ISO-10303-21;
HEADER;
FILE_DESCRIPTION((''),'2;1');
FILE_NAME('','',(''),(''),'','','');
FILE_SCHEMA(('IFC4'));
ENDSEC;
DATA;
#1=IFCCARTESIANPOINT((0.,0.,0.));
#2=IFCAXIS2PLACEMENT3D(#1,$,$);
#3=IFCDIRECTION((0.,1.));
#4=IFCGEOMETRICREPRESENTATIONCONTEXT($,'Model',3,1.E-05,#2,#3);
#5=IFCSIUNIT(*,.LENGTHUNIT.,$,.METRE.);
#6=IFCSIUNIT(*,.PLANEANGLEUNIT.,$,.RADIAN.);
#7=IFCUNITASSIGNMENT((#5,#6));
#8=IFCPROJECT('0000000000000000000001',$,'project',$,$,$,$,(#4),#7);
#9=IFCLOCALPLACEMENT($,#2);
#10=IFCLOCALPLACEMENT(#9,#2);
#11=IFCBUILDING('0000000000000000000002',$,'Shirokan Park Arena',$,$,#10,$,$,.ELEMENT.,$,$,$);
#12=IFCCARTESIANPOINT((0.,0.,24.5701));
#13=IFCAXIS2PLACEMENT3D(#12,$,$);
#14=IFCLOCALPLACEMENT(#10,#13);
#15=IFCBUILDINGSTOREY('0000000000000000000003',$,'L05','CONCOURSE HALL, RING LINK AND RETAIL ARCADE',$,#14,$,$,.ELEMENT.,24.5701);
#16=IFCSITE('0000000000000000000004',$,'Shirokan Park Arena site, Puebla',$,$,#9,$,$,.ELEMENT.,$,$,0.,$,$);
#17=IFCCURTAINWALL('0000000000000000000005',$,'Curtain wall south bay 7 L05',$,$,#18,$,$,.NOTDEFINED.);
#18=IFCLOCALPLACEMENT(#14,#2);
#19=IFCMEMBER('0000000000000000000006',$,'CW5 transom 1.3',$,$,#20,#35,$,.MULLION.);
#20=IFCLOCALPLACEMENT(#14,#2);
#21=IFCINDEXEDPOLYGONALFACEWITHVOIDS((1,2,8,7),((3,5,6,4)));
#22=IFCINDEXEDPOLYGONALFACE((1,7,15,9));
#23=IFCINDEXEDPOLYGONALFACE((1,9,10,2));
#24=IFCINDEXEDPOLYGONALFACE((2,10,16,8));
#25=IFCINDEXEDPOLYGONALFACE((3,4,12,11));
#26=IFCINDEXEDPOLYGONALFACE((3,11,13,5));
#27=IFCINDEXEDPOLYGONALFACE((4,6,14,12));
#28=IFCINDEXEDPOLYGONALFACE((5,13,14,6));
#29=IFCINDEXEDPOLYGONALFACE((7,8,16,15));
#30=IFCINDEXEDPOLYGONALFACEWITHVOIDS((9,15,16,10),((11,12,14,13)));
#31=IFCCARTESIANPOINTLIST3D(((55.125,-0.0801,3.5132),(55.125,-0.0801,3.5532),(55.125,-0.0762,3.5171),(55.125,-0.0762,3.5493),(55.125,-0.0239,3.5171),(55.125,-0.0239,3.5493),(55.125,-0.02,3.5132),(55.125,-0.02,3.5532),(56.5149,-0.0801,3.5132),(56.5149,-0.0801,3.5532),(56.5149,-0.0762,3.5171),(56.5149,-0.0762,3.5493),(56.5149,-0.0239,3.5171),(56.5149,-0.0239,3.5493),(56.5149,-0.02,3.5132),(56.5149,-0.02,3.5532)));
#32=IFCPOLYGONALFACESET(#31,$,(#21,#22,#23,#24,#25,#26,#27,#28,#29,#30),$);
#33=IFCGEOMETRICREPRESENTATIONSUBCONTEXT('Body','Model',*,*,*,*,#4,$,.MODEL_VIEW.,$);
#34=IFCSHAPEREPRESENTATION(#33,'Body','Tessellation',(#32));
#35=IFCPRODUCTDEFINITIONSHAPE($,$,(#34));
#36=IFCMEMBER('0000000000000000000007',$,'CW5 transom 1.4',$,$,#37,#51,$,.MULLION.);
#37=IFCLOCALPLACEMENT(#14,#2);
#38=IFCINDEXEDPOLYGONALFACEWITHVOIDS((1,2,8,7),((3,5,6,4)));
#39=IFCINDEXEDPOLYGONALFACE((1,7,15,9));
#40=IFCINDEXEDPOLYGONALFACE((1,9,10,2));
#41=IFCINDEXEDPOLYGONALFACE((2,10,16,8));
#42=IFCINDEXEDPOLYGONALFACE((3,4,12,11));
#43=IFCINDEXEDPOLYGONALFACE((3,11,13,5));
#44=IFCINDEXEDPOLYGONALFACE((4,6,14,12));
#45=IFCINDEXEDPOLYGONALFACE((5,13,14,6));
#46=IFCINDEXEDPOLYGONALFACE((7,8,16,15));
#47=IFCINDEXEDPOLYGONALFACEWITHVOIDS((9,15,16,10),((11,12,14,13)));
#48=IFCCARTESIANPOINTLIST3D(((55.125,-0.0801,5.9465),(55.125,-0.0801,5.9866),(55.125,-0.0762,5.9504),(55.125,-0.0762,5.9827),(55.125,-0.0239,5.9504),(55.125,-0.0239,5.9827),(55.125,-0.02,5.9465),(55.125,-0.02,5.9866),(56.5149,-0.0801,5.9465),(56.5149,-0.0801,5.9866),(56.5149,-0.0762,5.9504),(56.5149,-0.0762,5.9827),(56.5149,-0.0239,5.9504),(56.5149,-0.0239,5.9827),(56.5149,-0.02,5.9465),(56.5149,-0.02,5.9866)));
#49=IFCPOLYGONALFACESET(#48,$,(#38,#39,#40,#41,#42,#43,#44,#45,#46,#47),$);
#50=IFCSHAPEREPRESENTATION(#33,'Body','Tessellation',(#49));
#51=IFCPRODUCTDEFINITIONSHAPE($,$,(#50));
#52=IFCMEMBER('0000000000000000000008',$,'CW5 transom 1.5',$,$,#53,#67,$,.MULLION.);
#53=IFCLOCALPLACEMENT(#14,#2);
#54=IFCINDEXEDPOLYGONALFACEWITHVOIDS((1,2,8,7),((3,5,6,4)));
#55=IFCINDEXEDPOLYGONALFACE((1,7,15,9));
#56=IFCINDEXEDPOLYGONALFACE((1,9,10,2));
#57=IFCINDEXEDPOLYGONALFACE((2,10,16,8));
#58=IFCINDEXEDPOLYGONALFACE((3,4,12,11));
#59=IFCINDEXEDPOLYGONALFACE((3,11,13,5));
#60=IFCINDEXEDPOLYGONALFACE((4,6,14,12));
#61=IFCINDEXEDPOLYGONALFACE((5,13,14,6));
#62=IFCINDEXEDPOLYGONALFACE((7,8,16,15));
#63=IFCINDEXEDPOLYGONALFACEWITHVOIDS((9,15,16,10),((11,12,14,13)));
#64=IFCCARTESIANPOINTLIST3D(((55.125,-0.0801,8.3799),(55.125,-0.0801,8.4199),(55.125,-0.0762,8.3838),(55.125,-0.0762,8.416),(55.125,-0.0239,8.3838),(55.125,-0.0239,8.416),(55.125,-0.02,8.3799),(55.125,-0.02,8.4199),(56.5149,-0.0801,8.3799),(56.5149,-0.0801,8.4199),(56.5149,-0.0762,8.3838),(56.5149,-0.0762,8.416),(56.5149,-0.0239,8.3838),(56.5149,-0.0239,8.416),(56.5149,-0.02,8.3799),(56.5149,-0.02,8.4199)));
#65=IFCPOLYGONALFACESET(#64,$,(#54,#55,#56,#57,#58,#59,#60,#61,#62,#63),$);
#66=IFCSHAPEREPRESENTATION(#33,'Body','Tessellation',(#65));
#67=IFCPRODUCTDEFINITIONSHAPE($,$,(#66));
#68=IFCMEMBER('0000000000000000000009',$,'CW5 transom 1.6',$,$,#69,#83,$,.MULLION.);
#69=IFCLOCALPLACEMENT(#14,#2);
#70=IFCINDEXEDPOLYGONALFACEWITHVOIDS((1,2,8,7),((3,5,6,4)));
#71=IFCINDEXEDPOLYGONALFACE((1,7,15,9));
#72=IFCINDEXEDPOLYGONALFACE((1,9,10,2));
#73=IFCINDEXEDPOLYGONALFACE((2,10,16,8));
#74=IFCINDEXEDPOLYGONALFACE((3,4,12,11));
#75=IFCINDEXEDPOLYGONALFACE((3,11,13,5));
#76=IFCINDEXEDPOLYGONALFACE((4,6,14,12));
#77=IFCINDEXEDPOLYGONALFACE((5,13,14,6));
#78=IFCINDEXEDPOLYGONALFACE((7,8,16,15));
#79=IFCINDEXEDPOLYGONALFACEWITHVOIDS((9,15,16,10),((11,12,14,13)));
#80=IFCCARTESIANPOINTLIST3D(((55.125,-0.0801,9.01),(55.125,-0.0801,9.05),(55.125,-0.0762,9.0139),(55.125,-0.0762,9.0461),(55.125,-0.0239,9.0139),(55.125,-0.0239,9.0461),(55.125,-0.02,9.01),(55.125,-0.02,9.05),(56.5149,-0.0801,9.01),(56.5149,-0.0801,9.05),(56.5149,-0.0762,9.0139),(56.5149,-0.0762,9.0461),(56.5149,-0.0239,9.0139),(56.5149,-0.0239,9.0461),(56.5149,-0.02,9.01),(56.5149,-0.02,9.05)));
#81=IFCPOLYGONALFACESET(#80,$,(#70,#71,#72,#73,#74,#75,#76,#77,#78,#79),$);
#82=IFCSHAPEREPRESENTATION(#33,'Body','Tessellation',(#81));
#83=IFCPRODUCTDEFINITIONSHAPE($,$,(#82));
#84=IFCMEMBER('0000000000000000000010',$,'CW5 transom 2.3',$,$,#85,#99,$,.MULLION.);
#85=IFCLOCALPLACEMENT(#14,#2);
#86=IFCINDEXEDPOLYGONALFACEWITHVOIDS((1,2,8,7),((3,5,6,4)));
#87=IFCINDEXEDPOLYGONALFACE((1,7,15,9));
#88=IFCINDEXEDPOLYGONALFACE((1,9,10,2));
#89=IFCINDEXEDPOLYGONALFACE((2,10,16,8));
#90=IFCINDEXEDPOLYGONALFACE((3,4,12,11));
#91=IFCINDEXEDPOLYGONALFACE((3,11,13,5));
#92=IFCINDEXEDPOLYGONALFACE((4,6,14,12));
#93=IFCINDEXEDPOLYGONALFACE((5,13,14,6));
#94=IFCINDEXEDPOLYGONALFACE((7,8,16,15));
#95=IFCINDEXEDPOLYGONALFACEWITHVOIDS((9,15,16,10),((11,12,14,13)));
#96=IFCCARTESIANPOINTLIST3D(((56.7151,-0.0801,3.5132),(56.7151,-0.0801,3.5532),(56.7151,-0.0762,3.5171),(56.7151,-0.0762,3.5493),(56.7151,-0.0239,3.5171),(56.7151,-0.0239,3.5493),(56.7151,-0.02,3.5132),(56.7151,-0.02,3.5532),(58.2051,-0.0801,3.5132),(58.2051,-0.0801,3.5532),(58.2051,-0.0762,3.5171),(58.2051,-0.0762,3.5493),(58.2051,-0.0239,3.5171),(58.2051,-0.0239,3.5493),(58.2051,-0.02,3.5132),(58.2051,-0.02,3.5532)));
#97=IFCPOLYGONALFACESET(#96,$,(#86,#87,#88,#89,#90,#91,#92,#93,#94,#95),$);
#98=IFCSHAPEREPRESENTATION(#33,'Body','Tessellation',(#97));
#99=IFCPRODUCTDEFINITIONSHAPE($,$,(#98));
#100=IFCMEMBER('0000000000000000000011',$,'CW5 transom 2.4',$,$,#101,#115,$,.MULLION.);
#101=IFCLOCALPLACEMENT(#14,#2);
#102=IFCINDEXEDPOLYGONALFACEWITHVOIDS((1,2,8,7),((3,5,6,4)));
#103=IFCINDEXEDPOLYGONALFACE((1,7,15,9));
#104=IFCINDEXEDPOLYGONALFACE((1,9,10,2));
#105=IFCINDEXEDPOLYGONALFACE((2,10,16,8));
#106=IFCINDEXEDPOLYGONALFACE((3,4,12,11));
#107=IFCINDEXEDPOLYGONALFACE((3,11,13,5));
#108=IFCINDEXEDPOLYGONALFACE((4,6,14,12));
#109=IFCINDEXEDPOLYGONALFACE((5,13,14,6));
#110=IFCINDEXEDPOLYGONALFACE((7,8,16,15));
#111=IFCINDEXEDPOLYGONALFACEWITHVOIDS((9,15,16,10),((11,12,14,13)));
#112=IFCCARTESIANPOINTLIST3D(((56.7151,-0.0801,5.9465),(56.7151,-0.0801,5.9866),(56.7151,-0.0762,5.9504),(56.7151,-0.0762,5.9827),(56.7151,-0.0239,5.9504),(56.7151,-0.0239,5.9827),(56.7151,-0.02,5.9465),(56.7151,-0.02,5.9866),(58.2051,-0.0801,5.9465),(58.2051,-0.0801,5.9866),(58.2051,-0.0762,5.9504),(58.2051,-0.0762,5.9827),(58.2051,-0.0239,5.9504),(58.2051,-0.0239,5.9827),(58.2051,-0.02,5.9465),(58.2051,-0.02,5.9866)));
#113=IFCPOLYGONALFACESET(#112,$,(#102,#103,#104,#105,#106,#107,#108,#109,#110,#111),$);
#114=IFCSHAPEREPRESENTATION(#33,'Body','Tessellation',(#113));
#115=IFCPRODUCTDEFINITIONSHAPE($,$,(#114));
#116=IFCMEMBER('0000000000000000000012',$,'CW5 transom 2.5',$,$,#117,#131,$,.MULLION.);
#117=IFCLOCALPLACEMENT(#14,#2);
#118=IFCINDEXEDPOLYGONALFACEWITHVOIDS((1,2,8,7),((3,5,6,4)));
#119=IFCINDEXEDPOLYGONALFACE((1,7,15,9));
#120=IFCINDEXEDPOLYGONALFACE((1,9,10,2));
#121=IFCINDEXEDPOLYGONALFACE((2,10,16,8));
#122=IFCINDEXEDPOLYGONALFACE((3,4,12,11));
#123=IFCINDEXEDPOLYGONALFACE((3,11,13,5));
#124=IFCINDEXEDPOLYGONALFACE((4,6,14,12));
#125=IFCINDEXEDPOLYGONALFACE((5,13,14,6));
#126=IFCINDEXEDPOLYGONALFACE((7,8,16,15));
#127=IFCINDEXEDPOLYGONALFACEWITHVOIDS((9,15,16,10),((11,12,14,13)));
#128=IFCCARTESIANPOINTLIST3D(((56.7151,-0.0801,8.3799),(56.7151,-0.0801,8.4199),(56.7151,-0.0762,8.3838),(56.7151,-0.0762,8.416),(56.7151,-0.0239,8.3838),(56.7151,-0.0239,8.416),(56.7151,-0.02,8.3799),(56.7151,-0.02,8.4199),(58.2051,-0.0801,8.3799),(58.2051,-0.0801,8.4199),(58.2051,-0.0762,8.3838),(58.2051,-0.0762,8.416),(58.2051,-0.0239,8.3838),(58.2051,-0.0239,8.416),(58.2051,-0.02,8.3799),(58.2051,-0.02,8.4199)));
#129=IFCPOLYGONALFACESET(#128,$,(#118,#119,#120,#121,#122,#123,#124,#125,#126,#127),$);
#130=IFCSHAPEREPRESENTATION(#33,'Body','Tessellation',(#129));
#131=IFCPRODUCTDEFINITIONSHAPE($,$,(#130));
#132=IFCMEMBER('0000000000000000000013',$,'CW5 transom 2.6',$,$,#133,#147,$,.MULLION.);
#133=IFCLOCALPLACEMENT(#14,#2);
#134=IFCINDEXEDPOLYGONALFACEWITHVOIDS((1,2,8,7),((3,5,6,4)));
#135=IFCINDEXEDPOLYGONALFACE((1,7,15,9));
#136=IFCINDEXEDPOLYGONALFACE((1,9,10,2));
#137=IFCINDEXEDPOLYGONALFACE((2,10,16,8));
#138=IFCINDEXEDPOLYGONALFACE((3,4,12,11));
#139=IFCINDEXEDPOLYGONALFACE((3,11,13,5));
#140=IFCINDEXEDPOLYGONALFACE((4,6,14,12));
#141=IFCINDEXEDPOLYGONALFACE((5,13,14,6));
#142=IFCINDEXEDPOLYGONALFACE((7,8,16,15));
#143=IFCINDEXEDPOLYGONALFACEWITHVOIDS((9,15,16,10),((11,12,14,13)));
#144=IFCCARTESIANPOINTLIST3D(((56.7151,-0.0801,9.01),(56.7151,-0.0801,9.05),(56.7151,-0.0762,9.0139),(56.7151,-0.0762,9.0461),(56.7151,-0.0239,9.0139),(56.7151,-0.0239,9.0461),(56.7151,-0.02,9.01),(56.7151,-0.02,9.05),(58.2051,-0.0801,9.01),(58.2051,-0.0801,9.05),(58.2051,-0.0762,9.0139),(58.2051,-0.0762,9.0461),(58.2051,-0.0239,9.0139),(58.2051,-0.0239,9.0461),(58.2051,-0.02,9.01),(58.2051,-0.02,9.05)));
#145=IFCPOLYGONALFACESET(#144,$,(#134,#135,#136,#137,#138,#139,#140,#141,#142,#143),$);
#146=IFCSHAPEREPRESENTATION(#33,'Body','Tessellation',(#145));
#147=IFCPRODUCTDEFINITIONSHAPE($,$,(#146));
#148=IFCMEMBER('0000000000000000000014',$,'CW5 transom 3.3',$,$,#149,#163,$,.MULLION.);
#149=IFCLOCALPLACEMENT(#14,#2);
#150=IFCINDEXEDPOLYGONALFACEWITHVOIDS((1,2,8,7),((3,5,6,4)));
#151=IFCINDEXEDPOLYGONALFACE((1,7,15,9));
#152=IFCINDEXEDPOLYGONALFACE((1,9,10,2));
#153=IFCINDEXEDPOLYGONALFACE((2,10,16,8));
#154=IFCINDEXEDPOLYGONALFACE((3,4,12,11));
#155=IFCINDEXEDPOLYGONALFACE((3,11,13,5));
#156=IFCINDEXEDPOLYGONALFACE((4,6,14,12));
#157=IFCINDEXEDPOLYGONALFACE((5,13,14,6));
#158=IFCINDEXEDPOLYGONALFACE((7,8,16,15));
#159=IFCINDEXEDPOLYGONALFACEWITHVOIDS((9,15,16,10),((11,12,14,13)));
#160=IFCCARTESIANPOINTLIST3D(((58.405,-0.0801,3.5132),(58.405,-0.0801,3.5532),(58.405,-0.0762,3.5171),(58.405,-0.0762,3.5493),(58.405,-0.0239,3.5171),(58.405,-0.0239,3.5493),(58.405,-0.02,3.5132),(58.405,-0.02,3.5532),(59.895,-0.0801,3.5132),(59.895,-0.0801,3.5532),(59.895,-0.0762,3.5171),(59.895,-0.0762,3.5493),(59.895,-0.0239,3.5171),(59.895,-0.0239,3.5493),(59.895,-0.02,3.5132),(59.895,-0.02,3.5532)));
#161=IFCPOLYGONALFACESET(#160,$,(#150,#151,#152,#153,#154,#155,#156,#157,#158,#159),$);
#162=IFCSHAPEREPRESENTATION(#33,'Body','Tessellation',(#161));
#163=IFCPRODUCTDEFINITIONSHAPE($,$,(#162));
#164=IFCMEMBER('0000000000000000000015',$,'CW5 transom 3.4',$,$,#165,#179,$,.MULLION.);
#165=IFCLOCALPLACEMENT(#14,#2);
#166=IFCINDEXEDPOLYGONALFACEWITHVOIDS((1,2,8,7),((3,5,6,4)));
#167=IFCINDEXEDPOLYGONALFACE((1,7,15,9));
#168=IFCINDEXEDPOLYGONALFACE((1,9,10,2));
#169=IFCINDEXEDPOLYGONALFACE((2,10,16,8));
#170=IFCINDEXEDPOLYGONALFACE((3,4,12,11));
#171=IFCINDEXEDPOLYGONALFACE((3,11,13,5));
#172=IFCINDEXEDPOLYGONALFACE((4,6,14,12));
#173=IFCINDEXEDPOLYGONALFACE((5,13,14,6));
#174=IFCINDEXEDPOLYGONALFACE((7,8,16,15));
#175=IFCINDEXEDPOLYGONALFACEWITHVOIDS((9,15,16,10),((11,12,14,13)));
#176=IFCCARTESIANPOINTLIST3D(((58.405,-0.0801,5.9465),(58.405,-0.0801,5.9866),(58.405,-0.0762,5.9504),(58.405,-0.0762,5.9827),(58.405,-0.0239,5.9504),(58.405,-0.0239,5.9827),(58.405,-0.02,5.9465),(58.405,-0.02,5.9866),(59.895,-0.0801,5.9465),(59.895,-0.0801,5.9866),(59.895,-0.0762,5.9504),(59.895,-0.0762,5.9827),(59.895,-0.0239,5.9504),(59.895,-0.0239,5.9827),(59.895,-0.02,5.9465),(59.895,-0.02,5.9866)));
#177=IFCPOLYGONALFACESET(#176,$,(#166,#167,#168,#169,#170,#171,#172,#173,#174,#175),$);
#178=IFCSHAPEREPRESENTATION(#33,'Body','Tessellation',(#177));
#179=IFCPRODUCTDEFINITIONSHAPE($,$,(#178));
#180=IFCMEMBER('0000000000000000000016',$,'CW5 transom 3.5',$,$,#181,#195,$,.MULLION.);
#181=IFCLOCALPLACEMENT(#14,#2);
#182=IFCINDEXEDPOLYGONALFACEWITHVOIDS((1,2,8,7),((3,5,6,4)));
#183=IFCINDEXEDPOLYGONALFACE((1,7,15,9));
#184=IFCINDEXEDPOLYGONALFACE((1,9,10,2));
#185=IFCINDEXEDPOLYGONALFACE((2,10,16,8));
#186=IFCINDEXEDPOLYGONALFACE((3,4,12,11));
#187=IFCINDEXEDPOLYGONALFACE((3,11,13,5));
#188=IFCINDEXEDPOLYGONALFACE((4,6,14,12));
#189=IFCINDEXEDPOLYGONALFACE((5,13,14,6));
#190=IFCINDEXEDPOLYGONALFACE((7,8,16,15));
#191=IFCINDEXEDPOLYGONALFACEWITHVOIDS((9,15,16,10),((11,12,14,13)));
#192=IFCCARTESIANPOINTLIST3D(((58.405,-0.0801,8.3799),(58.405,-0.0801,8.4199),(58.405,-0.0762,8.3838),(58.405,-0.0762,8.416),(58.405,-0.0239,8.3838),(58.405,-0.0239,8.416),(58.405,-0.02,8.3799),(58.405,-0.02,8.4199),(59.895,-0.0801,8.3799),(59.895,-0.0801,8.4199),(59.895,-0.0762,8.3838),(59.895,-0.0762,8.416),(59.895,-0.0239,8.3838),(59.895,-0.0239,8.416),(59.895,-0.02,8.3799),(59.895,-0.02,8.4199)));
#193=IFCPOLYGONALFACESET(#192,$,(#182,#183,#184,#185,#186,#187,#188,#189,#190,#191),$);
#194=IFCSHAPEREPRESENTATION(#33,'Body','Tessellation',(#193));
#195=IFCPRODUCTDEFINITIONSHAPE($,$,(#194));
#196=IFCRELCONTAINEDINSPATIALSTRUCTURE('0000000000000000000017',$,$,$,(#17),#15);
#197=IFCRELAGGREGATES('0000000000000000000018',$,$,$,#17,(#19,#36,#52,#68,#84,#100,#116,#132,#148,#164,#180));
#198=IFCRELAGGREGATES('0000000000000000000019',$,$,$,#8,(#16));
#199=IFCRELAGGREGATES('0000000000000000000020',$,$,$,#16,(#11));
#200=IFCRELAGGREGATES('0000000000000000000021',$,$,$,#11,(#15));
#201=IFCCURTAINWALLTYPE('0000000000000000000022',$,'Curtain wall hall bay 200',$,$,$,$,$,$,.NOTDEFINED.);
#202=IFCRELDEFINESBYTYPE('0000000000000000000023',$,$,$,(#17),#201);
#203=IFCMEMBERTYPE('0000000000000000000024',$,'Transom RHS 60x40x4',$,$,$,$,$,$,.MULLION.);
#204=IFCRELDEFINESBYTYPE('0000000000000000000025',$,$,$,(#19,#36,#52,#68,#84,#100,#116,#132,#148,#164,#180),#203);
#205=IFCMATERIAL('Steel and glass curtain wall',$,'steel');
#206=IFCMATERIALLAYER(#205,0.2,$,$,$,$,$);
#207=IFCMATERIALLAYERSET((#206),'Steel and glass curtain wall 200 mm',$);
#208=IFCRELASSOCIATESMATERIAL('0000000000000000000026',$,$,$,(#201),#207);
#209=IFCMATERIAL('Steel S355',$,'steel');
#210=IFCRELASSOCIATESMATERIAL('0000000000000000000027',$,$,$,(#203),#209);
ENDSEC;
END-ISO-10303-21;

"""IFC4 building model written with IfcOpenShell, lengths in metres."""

from ifc_helpers import new_model, si_unit, direction, frame, origin, origin_2d, place, context, subcontext, project, spatial, hollow_rectangle, extrude, material, layer, layer_set, material_profile, profile_set, type_object, element, aggregate, save


model = new_model("IFC4")

# Units and contexts
model_context = context("Model", 3, precision=1e-05, world=origin(), true_north=direction((0.0, 1.0)))
body_context = subcontext(model_context, "Body", "Model", "MODEL_VIEW")
ifc_project = project(units=[si_unit("LENGTHUNIT", "METRE"), si_unit("PLANEANGLEUNIT", "RADIAN")], contexts=[model_context])

# Site, building, storey
site_placement = place(None, origin())
site = spatial("IfcSite", under=ifc_project, at=site_placement, Name="Shirokan Park Arena site, Puebla", CompositionType="ELEMENT", RefElevation=0.0)
building_placement = place(site_placement, origin())
building = spatial("IfcBuilding", under=site, at=building_placement, Name="Shirokan Park Arena", CompositionType="ELEMENT")
storey_placement = place(building_placement, frame((0.0, 0.0, 24.5701)))
storey = spatial("IfcBuildingStorey", under=building, at=storey_placement, Name="L05", Description="CONCOURSE HALL, RING LINK AND RETAIL ARCADE", CompositionType="ELEMENT", Elevation=24.5701)

# Curtain wall, members
ifc_material_1 = material(Name="Steel and glass curtain wall", Category="steel")
ifc_layer_1 = layer(ifc_material_1, 0.2)
ifc_layer_set_1 = layer_set([ifc_layer_1], Name="Steel and glass curtain wall 200 mm")
curtain_wall_type = type_object("IfcCurtainWallType", Name="Curtain wall hall bay 200", PredefinedType="NOTDEFINED", material=ifc_layer_set_1)
curtain_wall_placement = place(storey_placement, origin())
curtain_wall = element("IfcCurtainWall", 1, at=curtain_wall_placement, inside=storey, type_object=curtain_wall_type, Name="Curtain wall south bay 7 L05", PredefinedType="NOTDEFINED")
ifc_material_2 = material(Name="Steel S355", Category="steel")
ifc_material_profile = material_profile(ifc_material_2, hollow_rectangle(XDim=0.0601, YDim=0.04, WallThickness=0.0039, at=origin_2d()), Name="RHS 60x40x4")
ifc_profile_set = profile_set([ifc_material_profile], Name="Steel S355")
member_type = type_object("IfcMemberType", Name="Transom RHS 60x40x4", PredefinedType="MULLION", material=ifc_profile_set)
member_1_placement = place(storey_placement, frame((55.125, -0.05, 3.5332), z_axis=(1.0, 0.0, 0.0), x_axis=(0.0, 1.0, 0.0)))
member_1 = element("IfcMember", 2, at=member_1_placement, type_object=member_type, Name="CW5 transom 1.3", PredefinedType="MULLION", context=body_context, shape_type="SweptSolid", body=[
    extrude(hollow_rectangle(XDim=0.0601, YDim=0.04, WallThickness=0.0039, at=origin_2d()), origin(), (0.0, 0.0, 1.0), 1.3899),
])
member_2_placement = place(storey_placement, frame((55.125, -0.05, 5.9666), z_axis=(1.0, 0.0, 0.0), x_axis=(0.0, 1.0, 0.0)))
member_2 = element("IfcMember", 3, at=member_2_placement, type_object=member_type, Name="CW5 transom 1.4", PredefinedType="MULLION", context=body_context, shape_type="SweptSolid", body=[
    extrude(hollow_rectangle(XDim=0.0601, YDim=0.04, WallThickness=0.0039, at=origin_2d()), origin(), (0.0, 0.0, 1.0), 1.3899),
])
member_3_placement = place(storey_placement, frame((55.125, -0.05, 8.3999), z_axis=(1.0, 0.0, 0.0), x_axis=(0.0, 1.0, 0.0)))
member_3 = element("IfcMember", 4, at=member_3_placement, type_object=member_type, Name="CW5 transom 1.5", PredefinedType="MULLION", context=body_context, shape_type="SweptSolid", body=[
    extrude(hollow_rectangle(XDim=0.0601, YDim=0.04, WallThickness=0.0039, at=origin_2d()), origin(), (0.0, 0.0, 1.0), 1.3899),
])
member_4_placement = place(storey_placement, frame((55.125, -0.05, 9.03), z_axis=(1.0, 0.0, 0.0), x_axis=(0.0, 1.0, 0.0)))
member_4 = element("IfcMember", 5, at=member_4_placement, type_object=member_type, Name="CW5 transom 1.6", PredefinedType="MULLION", context=body_context, shape_type="SweptSolid", body=[
    extrude(hollow_rectangle(XDim=0.0601, YDim=0.04, WallThickness=0.0039, at=origin_2d()), origin(), (0.0, 0.0, 1.0), 1.3899),
])
member_5_placement = place(storey_placement, frame((56.7151, -0.05, 3.5332), z_axis=(1.0, 0.0, 0.0), x_axis=(0.0, 1.0, 0.0)))
member_5 = element("IfcMember", 6, at=member_5_placement, type_object=member_type, Name="CW5 transom 2.3", PredefinedType="MULLION", context=body_context, shape_type="SweptSolid", body=[
    extrude(hollow_rectangle(XDim=0.0601, YDim=0.04, WallThickness=0.0039, at=origin_2d()), origin(), (0.0, 0.0, 1.0), 1.49),
])
member_6_placement = place(storey_placement, frame((56.7151, -0.05, 5.9666), z_axis=(1.0, 0.0, 0.0), x_axis=(0.0, 1.0, 0.0)))
member_6 = element("IfcMember", 7, at=member_6_placement, type_object=member_type, Name="CW5 transom 2.4", PredefinedType="MULLION", context=body_context, shape_type="SweptSolid", body=[
    extrude(hollow_rectangle(XDim=0.0601, YDim=0.04, WallThickness=0.0039, at=origin_2d()), origin(), (0.0, 0.0, 1.0), 1.49),
])
member_7_placement = place(storey_placement, frame((56.7151, -0.05, 8.3999), z_axis=(1.0, 0.0, 0.0), x_axis=(0.0, 1.0, 0.0)))
member_7 = element("IfcMember", 8, at=member_7_placement, type_object=member_type, Name="CW5 transom 2.5", PredefinedType="MULLION", context=body_context, shape_type="SweptSolid", body=[
    extrude(hollow_rectangle(XDim=0.0601, YDim=0.04, WallThickness=0.0039, at=origin_2d()), origin(), (0.0, 0.0, 1.0), 1.49),
])
member_8_placement = place(storey_placement, frame((56.7151, -0.05, 9.03), z_axis=(1.0, 0.0, 0.0), x_axis=(0.0, 1.0, 0.0)))
member_8 = element("IfcMember", 9, at=member_8_placement, type_object=member_type, Name="CW5 transom 2.6", PredefinedType="MULLION", context=body_context, shape_type="SweptSolid", body=[
    extrude(hollow_rectangle(XDim=0.0601, YDim=0.04, WallThickness=0.0039, at=origin_2d()), origin(), (0.0, 0.0, 1.0), 1.49),
])
member_9_placement = place(storey_placement, frame((58.405, -0.05, 3.5332), z_axis=(1.0, 0.0, 0.0), x_axis=(0.0, 1.0, 0.0)))
member_9 = element("IfcMember", 10, at=member_9_placement, type_object=member_type, Name="CW5 transom 3.3", PredefinedType="MULLION", context=body_context, shape_type="SweptSolid", body=[
    extrude(hollow_rectangle(XDim=0.0601, YDim=0.04, WallThickness=0.0039, at=origin_2d()), origin(), (0.0, 0.0, 1.0), 1.49),
])
member_10_placement = place(storey_placement, frame((58.405, -0.05, 5.9666), z_axis=(1.0, 0.0, 0.0), x_axis=(0.0, 1.0, 0.0)))
member_10 = element("IfcMember", 11, at=member_10_placement, type_object=member_type, Name="CW5 transom 3.4", PredefinedType="MULLION", context=body_context, shape_type="SweptSolid", body=[
    extrude(hollow_rectangle(XDim=0.0601, YDim=0.04, WallThickness=0.0039, at=origin_2d()), origin(), (0.0, 0.0, 1.0), 1.49),
])
member_11_placement = place(storey_placement, frame((58.405, -0.05, 8.3999), z_axis=(1.0, 0.0, 0.0), x_axis=(0.0, 1.0, 0.0)))
member_11 = element("IfcMember", 12, at=member_11_placement, type_object=member_type, Name="CW5 transom 3.5", PredefinedType="MULLION", context=body_context, shape_type="SweptSolid", body=[
    extrude(hollow_rectangle(XDim=0.0601, YDim=0.04, WallThickness=0.0039, at=origin_2d()), origin(), (0.0, 0.0, 1.0), 1.49),
])
aggregate(curtain_wall, [member_1, member_2, member_3, member_4, member_5, member_6, member_7, member_8, member_9, member_10, member_11])

save(model, "model.ifc")
